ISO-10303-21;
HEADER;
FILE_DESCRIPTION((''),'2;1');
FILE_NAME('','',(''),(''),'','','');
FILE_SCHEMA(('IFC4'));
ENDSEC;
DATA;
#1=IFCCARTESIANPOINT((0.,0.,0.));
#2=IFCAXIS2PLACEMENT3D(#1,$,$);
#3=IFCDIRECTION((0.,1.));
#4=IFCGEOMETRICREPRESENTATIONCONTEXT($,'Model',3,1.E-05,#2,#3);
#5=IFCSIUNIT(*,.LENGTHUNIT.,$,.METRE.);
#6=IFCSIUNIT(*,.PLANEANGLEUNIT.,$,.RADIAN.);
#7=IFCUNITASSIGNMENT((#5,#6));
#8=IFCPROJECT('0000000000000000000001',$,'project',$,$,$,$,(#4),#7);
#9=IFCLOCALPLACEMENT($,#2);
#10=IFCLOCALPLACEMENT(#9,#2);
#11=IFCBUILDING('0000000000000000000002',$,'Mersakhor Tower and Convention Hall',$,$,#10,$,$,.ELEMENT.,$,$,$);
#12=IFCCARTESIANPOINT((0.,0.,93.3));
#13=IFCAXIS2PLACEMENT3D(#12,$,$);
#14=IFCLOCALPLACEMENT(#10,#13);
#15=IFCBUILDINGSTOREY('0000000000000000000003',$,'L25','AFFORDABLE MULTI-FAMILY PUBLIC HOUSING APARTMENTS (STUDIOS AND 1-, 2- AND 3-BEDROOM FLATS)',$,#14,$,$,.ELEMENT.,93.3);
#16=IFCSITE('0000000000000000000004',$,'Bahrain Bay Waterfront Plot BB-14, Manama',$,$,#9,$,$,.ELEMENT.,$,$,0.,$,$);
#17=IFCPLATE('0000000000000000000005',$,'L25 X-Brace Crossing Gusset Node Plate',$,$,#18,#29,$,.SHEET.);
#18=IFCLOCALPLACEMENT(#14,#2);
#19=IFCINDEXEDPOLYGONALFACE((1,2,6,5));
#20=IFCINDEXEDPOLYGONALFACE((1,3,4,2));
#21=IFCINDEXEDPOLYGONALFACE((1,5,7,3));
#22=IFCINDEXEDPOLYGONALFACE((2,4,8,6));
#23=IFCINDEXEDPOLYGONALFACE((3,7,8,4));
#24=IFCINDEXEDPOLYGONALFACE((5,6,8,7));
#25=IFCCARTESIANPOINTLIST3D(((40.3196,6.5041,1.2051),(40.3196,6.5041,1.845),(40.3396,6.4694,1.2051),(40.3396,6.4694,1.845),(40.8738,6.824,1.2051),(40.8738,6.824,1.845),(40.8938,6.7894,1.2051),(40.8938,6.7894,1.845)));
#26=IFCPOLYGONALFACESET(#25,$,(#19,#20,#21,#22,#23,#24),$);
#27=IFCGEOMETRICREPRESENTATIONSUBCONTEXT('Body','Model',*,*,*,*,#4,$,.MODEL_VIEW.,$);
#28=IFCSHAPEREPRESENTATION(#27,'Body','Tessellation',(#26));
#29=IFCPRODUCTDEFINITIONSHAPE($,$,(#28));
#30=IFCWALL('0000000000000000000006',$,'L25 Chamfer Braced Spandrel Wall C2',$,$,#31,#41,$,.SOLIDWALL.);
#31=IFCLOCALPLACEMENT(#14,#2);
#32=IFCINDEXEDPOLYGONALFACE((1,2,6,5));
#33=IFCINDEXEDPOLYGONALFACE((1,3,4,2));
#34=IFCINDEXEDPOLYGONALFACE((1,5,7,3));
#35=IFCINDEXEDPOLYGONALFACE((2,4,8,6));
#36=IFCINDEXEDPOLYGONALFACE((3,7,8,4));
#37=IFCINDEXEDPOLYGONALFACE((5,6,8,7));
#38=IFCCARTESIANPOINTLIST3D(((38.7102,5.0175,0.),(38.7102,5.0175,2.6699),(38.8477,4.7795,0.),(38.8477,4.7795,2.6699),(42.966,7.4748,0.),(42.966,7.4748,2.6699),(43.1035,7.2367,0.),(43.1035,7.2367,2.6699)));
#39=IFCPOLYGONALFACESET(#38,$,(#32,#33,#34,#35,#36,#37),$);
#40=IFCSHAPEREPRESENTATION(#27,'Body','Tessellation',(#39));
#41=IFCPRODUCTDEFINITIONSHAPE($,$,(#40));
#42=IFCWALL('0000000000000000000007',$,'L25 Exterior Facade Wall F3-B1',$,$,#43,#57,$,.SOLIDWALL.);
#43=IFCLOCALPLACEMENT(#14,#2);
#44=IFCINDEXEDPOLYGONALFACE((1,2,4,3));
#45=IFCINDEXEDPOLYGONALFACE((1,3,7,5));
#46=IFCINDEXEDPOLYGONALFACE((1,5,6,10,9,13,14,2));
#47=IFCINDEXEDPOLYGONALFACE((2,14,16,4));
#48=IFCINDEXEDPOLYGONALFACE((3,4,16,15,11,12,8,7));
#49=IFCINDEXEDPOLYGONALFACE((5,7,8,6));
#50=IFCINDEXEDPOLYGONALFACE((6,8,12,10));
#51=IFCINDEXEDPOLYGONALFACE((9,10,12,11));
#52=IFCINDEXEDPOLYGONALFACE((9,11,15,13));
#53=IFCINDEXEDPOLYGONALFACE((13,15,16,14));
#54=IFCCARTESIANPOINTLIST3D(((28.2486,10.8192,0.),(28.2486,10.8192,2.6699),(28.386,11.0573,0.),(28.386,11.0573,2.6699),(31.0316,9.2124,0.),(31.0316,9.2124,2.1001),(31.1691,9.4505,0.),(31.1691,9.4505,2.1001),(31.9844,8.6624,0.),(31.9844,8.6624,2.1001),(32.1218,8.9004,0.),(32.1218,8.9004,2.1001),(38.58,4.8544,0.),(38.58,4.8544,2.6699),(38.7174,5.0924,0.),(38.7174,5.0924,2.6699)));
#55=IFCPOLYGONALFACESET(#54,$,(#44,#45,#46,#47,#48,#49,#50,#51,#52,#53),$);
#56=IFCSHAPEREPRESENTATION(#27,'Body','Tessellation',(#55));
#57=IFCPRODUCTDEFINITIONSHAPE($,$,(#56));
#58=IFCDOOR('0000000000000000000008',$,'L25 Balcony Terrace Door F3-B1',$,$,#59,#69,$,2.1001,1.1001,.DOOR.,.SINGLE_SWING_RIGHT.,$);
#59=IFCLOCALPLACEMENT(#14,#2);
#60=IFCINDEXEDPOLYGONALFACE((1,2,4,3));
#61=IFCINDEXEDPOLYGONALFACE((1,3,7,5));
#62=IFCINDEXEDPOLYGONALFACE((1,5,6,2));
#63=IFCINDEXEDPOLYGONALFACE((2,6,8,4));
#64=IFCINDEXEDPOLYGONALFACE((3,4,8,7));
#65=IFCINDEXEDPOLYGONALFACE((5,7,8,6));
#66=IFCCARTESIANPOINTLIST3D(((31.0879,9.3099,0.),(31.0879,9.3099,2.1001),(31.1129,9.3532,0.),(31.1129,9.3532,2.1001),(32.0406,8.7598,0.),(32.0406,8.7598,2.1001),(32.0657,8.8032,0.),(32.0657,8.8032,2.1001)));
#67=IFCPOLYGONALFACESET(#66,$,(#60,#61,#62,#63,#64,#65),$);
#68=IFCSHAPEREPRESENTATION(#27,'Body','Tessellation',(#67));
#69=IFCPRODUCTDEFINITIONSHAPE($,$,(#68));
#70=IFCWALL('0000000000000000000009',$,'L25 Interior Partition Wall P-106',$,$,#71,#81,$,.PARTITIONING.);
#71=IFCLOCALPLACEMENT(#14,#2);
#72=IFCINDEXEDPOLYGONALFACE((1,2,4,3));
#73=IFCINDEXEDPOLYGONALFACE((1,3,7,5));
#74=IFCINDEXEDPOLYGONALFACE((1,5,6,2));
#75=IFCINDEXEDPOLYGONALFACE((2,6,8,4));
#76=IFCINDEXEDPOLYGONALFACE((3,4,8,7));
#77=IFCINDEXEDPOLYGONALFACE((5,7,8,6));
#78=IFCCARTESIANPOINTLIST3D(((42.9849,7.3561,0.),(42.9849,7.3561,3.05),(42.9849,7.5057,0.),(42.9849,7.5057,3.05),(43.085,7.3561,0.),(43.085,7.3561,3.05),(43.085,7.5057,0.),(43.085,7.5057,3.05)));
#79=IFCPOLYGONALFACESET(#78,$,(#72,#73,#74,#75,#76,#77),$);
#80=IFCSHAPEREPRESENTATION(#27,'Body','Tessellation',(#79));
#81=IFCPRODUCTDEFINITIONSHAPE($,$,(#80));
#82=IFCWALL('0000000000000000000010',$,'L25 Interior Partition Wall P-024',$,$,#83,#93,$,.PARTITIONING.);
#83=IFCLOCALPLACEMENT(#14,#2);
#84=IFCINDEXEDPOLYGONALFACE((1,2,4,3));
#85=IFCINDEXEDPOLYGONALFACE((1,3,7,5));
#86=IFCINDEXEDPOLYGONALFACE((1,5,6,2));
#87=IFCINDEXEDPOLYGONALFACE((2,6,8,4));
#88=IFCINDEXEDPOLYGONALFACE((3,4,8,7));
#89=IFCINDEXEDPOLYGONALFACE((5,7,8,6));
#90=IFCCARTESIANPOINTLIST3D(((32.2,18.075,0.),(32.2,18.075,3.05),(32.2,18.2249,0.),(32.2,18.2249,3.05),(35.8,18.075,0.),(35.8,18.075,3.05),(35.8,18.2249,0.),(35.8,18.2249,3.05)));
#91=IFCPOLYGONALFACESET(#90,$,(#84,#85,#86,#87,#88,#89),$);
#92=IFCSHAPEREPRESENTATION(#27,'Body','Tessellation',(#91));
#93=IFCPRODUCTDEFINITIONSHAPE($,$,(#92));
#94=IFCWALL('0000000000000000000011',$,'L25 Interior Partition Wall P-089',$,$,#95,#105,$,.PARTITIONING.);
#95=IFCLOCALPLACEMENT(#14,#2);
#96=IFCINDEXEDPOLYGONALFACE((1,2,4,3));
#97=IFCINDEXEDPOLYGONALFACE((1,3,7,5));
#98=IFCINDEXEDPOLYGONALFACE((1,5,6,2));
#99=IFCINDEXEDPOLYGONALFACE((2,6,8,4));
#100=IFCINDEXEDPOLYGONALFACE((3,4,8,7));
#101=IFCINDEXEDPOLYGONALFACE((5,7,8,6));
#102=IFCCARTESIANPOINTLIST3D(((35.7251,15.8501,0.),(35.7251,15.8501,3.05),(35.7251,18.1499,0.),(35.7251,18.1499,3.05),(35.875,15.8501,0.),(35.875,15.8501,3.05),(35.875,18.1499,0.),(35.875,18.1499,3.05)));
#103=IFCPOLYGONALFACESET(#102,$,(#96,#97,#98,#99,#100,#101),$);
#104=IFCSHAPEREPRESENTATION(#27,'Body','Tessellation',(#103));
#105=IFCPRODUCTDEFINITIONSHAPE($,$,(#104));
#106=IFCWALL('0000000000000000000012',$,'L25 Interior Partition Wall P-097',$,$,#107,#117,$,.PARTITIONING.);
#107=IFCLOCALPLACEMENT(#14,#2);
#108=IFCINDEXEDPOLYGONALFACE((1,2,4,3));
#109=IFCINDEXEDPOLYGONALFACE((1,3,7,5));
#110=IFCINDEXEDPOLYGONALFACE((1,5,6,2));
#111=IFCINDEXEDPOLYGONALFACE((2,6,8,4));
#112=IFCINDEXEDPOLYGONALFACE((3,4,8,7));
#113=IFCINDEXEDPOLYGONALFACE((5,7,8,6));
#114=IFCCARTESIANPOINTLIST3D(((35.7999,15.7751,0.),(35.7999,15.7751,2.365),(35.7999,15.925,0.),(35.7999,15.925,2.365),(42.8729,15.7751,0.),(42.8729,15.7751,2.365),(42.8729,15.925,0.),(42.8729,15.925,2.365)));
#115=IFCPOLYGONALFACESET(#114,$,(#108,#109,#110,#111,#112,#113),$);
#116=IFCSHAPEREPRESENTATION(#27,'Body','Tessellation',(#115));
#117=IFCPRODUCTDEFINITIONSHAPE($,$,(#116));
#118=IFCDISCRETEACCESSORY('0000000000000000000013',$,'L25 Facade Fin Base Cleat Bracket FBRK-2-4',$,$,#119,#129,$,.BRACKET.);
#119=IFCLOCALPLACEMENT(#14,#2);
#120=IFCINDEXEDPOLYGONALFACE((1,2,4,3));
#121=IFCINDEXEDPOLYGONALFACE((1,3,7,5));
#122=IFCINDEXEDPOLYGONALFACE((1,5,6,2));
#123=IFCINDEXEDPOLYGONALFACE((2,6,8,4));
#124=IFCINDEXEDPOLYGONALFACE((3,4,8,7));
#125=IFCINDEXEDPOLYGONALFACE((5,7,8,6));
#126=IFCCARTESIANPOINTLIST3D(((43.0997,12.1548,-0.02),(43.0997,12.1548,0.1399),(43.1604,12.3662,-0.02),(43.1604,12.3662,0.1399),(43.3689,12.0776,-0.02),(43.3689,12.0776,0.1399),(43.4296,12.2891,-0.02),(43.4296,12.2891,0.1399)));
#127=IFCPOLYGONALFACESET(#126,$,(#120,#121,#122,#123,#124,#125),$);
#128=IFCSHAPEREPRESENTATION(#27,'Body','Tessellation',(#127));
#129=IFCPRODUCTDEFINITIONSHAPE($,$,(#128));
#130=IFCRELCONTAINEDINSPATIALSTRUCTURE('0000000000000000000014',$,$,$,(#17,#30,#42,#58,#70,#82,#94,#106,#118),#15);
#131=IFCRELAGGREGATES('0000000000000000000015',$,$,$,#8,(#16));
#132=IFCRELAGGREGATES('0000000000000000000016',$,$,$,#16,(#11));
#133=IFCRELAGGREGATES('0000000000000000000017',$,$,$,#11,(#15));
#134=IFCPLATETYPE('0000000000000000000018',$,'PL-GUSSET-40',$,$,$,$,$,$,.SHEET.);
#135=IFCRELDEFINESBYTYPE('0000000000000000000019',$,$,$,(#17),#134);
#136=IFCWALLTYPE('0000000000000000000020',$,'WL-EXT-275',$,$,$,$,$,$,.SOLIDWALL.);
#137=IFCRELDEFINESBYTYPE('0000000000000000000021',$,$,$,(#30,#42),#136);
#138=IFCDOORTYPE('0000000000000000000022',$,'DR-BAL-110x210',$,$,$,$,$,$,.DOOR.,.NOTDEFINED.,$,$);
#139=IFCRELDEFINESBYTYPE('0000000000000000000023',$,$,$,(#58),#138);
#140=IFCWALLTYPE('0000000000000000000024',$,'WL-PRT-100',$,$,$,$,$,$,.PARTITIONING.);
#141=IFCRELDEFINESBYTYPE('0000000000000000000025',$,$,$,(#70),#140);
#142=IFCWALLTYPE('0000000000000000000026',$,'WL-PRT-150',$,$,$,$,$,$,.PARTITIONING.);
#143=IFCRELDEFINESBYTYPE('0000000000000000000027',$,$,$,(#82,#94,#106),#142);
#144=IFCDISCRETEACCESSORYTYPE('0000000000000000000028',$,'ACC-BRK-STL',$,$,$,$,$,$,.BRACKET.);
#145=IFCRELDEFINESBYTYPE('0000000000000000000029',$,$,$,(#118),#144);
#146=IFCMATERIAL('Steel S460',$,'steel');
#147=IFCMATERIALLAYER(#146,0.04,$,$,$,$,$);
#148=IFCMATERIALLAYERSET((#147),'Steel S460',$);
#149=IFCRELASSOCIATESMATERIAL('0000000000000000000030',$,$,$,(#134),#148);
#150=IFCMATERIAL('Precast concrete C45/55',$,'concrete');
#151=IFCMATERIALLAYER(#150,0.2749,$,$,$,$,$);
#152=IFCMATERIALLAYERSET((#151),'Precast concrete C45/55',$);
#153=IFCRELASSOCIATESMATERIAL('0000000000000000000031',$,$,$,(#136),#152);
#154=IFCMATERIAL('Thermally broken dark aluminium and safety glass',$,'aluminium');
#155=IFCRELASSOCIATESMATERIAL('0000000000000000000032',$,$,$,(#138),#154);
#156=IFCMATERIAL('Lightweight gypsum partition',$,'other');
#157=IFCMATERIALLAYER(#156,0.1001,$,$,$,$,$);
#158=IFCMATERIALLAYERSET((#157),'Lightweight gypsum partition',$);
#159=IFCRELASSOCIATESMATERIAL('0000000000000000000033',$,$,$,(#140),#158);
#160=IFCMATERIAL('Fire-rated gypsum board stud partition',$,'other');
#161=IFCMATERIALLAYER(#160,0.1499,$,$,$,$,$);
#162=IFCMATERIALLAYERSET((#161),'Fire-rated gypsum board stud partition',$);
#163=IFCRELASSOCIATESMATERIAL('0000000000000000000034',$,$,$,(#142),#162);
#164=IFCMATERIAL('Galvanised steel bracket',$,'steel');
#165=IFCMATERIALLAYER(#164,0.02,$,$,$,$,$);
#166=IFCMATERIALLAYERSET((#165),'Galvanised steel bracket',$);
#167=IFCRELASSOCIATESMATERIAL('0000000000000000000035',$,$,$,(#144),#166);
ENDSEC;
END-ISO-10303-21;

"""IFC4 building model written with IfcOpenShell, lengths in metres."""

from ifc_helpers import new_model, si_unit, direction, frame, frame_2d, origin, origin_2d, place, context, subcontext, project, spatial, rectangle, extrude, material, layer, layer_set, type_object, element, fill, save


model = new_model("IFC4")

# Units and contexts
model_context = context("Model", 3, precision=1e-05, world=origin(), true_north=direction((0.0, 1.0)))
body_context = subcontext(model_context, "Body", "Model", "MODEL_VIEW")
ifc_project = project(units=[si_unit("LENGTHUNIT", "METRE"), si_unit("PLANEANGLEUNIT", "RADIAN")], contexts=[model_context])

# Site, building, storey
site_placement = place(None, origin())
site = spatial("IfcSite", under=ifc_project, at=site_placement, Name="Bahrain Bay Waterfront Plot BB-14, Manama", CompositionType="ELEMENT", RefElevation=0.0)
building_placement = place(site_placement, origin())
building = spatial("IfcBuilding", under=site, at=building_placement, Name="Mersakhor Tower and Convention Hall", CompositionType="ELEMENT")
storey_placement = place(building_placement, frame((0.0, 0.0, 93.3)))
storey = spatial("IfcBuildingStorey", under=building, at=storey_placement, Name="L25", Description="AFFORDABLE MULTI-FAMILY PUBLIC HOUSING APARTMENTS (STUDIOS AND 1-, 2- AND 3-BEDROOM FLATS)", CompositionType="ELEMENT", Elevation=93.3)

# Plate
ifc_material_1 = material(Name="Steel S460", Category="steel")
ifc_layer_1 = layer(ifc_material_1, 0.04)
ifc_layer_set_1 = layer_set([ifc_layer_1], Name="Steel S460")
plate_type_1 = type_object("IfcPlateType", Name="PL-GUSSET-40", PredefinedType="SHEET", material=ifc_layer_set_1)
plate_1_placement = place(storey_placement, frame((40.6067, 6.6467, 1.2051), z_axis=(0.0, 0.0, 1.0), x_axis=(0.866025, 0.5, 0.0)))
element("IfcPlate", 1, at=plate_1_placement, inside=storey, type_object=plate_type_1, Name="L25 X-Brace Crossing Gusset Node Plate", PredefinedType="SHEET", context=body_context, shape_type="SweptSolid", body=[
    extrude(rectangle(XDim=0.6399, YDim=0.04, at=origin_2d()), origin(), (0.0, 0.0, 1.0), 0.6399),
])

# Wall
ifc_material_2 = material(Name="Precast concrete C45/55", Category="concrete")
ifc_layer_2 = layer(ifc_material_2, 0.2749)
ifc_layer_set_2 = layer_set([ifc_layer_2], Name="Precast concrete C45/55")
wall_type_1 = type_object("IfcWallType", Name="WL-EXT-275", PredefinedType="SOLIDWALL", material=ifc_layer_set_2)
wall_1_placement = place(storey_placement, frame((43.0347, 7.3557, 0.0), z_axis=(0.0, 0.0, 1.0), x_axis=(-0.866012, -0.500023, 0.0)))
element("IfcWall", 2, at=wall_1_placement, inside=storey, type_object=wall_type_1, Name="L25 Chamfer Braced Spandrel Wall C2", PredefinedType="SOLIDWALL", context=body_context, shape_type="SweptSolid", body=[
    extrude(rectangle(XDim=4.9143, YDim=0.2749, at=frame_2d((2.457, 0.0))), origin(), (0.0, 0.0, 1.0), 2.6699),
])

# Wall, opening, door
wall_2_placement = place(storey_placement, frame((38.6487, 4.9734, 0.0), z_axis=(0.0, 0.0, 1.0), x_axis=(-0.866023, 0.500004, 0.0)))
wall_2 = element("IfcWall", 3, at=wall_2_placement, inside=storey, type_object=wall_type_1, Name="L25 Exterior Facade Wall F3-B1", PredefinedType="SOLIDWALL", context=body_context, shape_type="SweptSolid", body=[
    extrude(rectangle(XDim=11.9297, YDim=0.2749, at=frame_2d((5.9648, 0.0))), origin(), (0.0, 0.0, 1.0), 2.6699),
])
opening_1_placement = place(wall_2_placement, frame((7.616, 0.0, 0.0)))
opening_1 = element("IfcOpeningElement", 4, at=opening_1_placement, cuts=wall_2, PredefinedType="OPENING", context=body_context, shape_type="SweptSolid", body=[
    extrude(rectangle(XDim=1.1001, YDim=2.1001, at=frame_2d((0.55, 1.05))), frame((0.0, 0.1475, 0.0), z_axis=(0.0, -1.0, 0.0), x_axis=(1.0, 0.0, 0.0)), (0.0, 0.0, 1.0), 0.2949),
])
ifc_material_3 = material(Name="Thermally broken dark aluminium and safety glass", Category="aluminium")
door_type_1 = type_object("IfcDoorType", Name="DR-BAL-110x210", OperationType="NOTDEFINED", PredefinedType="DOOR", material=ifc_material_3)
door_1_placement = place(opening_1_placement, origin())
door_1 = element("IfcDoor", 5, at=door_1_placement, inside=storey, type_object=door_type_1, Name="L25 Balcony Terrace Door F3-B1", OperationType="SINGLE_SWING_RIGHT", OverallHeight=2.1001, OverallWidth=1.1001, PredefinedType="DOOR", context=body_context, shape_type="SweptSolid", body=[
    extrude(rectangle(XDim=1.1001, YDim=2.1001, at=frame_2d((0.55, 1.05))), frame((0.0, 0.0249, 0.0), z_axis=(0.0, -1.0, 0.0), x_axis=(1.0, 0.0, 0.0)), (0.0, 0.0, 1.0), 0.05),
])
fill(opening_1, door_1)

# Walls
ifc_material_4 = material(Name="Lightweight gypsum partition", Category="other")
ifc_layer_3 = layer(ifc_material_4, 0.1001)
ifc_layer_set_3 = layer_set([ifc_layer_3], Name="Lightweight gypsum partition")
wall_type_2 = type_object("IfcWallType", Name="WL-PRT-100", PredefinedType="PARTITIONING", material=ifc_layer_set_3)
wall_3_placement = place(storey_placement, frame((43.0349, 7.5056, 0.0), z_axis=(0.0, 0.0, 1.0), x_axis=(0.0, -1.0, 0.0)))
element("IfcWall", 6, at=wall_3_placement, inside=storey, type_object=wall_type_2, Name="L25 Interior Partition Wall P-106", PredefinedType="PARTITIONING", context=body_context, shape_type="SweptSolid", body=[
    extrude(rectangle(XDim=0.1497, YDim=0.1001, at=frame_2d((0.0747, 0.0))), origin(), (0.0, 0.0, 1.0), 3.05),
])
ifc_material_5 = material(Name="Fire-rated gypsum board stud partition", Category="other")
ifc_layer_4 = layer(ifc_material_5, 0.1499)
ifc_layer_set_4 = layer_set([ifc_layer_4], Name="Fire-rated gypsum board stud partition")
wall_type_3 = type_object("IfcWallType", Name="WL-PRT-150", PredefinedType="PARTITIONING", material=ifc_layer_set_4)
wall_4_placement = place(storey_placement, frame((35.8, 18.1499, 0.0), z_axis=(0.0, 0.0, 1.0), x_axis=(-1.0, 0.0, 0.0)))
element("IfcWall", 7, at=wall_4_placement, inside=storey, type_object=wall_type_3, Name="L25 Interior Partition Wall P-024", PredefinedType="PARTITIONING", context=body_context, shape_type="SweptSolid", body=[
    extrude(rectangle(XDim=3.6001, YDim=0.1499, at=frame_2d((1.8, 0.0))), origin(), (0.0, 0.0, 1.0), 3.05),
])

# Walls
wall_5_placement = place(storey_placement, frame((35.8, 18.1499, 0.0), z_axis=(0.0, 0.0, 1.0), x_axis=(0.0, -1.0, 0.0)))
element("IfcWall", 8, at=wall_5_placement, inside=storey, type_object=wall_type_3, Name="L25 Interior Partition Wall P-089", PredefinedType="PARTITIONING", context=body_context, shape_type="SweptSolid", body=[
    extrude(rectangle(XDim=2.2998, YDim=0.1499, at=frame_2d((1.1499, 0.0))), origin(), (0.0, 0.0, 1.0), 3.05),
])
wall_6_placement = place(storey_placement, frame((42.873, 15.8501, 0.0), z_axis=(0.0, 0.0, 1.0), x_axis=(-1.0, 0.0, 0.0)))
element("IfcWall", 9, at=wall_6_placement, inside=storey, type_object=wall_type_3, Name="L25 Interior Partition Wall P-097", PredefinedType="PARTITIONING", context=body_context, shape_type="SweptSolid", body=[
    extrude(rectangle(XDim=7.073, YDim=0.1499, at=frame_2d((3.5366, 0.0))), origin(), (0.0, 0.0, 1.0), 2.365),
])

# Discrete accessory
ifc_material_6 = material(Name="Galvanised steel bracket", Category="steel")
ifc_layer_5 = layer(ifc_material_6, 0.02)
ifc_layer_set_5 = layer_set([ifc_layer_5], Name="Galvanised steel bracket")
discrete_accessory_type = type_object("IfcDiscreteAccessoryType", Name="ACC-BRK-STL", PredefinedType="BRACKET", material=ifc_layer_set_5)
discrete_accessory_placement = place(storey_placement, frame((43.2646, 12.2219, -0.02), z_axis=(0.0, 0.0, 1.0), x_axis=(0.961262, -0.275637, 0.0)))
element("IfcDiscreteAccessory", 10, at=discrete_accessory_placement, inside=storey, type_object=discrete_accessory_type, Name="L25 Facade Fin Base Cleat Bracket FBRK-2-4", PredefinedType="BRACKET", context=body_context, shape_type="SweptSolid", body=[
    extrude(rectangle(XDim=0.28, YDim=0.22, at=origin_2d()), origin(), (0.0, 0.0, 1.0), 0.1599),
])

save(model, "model.ifc")
